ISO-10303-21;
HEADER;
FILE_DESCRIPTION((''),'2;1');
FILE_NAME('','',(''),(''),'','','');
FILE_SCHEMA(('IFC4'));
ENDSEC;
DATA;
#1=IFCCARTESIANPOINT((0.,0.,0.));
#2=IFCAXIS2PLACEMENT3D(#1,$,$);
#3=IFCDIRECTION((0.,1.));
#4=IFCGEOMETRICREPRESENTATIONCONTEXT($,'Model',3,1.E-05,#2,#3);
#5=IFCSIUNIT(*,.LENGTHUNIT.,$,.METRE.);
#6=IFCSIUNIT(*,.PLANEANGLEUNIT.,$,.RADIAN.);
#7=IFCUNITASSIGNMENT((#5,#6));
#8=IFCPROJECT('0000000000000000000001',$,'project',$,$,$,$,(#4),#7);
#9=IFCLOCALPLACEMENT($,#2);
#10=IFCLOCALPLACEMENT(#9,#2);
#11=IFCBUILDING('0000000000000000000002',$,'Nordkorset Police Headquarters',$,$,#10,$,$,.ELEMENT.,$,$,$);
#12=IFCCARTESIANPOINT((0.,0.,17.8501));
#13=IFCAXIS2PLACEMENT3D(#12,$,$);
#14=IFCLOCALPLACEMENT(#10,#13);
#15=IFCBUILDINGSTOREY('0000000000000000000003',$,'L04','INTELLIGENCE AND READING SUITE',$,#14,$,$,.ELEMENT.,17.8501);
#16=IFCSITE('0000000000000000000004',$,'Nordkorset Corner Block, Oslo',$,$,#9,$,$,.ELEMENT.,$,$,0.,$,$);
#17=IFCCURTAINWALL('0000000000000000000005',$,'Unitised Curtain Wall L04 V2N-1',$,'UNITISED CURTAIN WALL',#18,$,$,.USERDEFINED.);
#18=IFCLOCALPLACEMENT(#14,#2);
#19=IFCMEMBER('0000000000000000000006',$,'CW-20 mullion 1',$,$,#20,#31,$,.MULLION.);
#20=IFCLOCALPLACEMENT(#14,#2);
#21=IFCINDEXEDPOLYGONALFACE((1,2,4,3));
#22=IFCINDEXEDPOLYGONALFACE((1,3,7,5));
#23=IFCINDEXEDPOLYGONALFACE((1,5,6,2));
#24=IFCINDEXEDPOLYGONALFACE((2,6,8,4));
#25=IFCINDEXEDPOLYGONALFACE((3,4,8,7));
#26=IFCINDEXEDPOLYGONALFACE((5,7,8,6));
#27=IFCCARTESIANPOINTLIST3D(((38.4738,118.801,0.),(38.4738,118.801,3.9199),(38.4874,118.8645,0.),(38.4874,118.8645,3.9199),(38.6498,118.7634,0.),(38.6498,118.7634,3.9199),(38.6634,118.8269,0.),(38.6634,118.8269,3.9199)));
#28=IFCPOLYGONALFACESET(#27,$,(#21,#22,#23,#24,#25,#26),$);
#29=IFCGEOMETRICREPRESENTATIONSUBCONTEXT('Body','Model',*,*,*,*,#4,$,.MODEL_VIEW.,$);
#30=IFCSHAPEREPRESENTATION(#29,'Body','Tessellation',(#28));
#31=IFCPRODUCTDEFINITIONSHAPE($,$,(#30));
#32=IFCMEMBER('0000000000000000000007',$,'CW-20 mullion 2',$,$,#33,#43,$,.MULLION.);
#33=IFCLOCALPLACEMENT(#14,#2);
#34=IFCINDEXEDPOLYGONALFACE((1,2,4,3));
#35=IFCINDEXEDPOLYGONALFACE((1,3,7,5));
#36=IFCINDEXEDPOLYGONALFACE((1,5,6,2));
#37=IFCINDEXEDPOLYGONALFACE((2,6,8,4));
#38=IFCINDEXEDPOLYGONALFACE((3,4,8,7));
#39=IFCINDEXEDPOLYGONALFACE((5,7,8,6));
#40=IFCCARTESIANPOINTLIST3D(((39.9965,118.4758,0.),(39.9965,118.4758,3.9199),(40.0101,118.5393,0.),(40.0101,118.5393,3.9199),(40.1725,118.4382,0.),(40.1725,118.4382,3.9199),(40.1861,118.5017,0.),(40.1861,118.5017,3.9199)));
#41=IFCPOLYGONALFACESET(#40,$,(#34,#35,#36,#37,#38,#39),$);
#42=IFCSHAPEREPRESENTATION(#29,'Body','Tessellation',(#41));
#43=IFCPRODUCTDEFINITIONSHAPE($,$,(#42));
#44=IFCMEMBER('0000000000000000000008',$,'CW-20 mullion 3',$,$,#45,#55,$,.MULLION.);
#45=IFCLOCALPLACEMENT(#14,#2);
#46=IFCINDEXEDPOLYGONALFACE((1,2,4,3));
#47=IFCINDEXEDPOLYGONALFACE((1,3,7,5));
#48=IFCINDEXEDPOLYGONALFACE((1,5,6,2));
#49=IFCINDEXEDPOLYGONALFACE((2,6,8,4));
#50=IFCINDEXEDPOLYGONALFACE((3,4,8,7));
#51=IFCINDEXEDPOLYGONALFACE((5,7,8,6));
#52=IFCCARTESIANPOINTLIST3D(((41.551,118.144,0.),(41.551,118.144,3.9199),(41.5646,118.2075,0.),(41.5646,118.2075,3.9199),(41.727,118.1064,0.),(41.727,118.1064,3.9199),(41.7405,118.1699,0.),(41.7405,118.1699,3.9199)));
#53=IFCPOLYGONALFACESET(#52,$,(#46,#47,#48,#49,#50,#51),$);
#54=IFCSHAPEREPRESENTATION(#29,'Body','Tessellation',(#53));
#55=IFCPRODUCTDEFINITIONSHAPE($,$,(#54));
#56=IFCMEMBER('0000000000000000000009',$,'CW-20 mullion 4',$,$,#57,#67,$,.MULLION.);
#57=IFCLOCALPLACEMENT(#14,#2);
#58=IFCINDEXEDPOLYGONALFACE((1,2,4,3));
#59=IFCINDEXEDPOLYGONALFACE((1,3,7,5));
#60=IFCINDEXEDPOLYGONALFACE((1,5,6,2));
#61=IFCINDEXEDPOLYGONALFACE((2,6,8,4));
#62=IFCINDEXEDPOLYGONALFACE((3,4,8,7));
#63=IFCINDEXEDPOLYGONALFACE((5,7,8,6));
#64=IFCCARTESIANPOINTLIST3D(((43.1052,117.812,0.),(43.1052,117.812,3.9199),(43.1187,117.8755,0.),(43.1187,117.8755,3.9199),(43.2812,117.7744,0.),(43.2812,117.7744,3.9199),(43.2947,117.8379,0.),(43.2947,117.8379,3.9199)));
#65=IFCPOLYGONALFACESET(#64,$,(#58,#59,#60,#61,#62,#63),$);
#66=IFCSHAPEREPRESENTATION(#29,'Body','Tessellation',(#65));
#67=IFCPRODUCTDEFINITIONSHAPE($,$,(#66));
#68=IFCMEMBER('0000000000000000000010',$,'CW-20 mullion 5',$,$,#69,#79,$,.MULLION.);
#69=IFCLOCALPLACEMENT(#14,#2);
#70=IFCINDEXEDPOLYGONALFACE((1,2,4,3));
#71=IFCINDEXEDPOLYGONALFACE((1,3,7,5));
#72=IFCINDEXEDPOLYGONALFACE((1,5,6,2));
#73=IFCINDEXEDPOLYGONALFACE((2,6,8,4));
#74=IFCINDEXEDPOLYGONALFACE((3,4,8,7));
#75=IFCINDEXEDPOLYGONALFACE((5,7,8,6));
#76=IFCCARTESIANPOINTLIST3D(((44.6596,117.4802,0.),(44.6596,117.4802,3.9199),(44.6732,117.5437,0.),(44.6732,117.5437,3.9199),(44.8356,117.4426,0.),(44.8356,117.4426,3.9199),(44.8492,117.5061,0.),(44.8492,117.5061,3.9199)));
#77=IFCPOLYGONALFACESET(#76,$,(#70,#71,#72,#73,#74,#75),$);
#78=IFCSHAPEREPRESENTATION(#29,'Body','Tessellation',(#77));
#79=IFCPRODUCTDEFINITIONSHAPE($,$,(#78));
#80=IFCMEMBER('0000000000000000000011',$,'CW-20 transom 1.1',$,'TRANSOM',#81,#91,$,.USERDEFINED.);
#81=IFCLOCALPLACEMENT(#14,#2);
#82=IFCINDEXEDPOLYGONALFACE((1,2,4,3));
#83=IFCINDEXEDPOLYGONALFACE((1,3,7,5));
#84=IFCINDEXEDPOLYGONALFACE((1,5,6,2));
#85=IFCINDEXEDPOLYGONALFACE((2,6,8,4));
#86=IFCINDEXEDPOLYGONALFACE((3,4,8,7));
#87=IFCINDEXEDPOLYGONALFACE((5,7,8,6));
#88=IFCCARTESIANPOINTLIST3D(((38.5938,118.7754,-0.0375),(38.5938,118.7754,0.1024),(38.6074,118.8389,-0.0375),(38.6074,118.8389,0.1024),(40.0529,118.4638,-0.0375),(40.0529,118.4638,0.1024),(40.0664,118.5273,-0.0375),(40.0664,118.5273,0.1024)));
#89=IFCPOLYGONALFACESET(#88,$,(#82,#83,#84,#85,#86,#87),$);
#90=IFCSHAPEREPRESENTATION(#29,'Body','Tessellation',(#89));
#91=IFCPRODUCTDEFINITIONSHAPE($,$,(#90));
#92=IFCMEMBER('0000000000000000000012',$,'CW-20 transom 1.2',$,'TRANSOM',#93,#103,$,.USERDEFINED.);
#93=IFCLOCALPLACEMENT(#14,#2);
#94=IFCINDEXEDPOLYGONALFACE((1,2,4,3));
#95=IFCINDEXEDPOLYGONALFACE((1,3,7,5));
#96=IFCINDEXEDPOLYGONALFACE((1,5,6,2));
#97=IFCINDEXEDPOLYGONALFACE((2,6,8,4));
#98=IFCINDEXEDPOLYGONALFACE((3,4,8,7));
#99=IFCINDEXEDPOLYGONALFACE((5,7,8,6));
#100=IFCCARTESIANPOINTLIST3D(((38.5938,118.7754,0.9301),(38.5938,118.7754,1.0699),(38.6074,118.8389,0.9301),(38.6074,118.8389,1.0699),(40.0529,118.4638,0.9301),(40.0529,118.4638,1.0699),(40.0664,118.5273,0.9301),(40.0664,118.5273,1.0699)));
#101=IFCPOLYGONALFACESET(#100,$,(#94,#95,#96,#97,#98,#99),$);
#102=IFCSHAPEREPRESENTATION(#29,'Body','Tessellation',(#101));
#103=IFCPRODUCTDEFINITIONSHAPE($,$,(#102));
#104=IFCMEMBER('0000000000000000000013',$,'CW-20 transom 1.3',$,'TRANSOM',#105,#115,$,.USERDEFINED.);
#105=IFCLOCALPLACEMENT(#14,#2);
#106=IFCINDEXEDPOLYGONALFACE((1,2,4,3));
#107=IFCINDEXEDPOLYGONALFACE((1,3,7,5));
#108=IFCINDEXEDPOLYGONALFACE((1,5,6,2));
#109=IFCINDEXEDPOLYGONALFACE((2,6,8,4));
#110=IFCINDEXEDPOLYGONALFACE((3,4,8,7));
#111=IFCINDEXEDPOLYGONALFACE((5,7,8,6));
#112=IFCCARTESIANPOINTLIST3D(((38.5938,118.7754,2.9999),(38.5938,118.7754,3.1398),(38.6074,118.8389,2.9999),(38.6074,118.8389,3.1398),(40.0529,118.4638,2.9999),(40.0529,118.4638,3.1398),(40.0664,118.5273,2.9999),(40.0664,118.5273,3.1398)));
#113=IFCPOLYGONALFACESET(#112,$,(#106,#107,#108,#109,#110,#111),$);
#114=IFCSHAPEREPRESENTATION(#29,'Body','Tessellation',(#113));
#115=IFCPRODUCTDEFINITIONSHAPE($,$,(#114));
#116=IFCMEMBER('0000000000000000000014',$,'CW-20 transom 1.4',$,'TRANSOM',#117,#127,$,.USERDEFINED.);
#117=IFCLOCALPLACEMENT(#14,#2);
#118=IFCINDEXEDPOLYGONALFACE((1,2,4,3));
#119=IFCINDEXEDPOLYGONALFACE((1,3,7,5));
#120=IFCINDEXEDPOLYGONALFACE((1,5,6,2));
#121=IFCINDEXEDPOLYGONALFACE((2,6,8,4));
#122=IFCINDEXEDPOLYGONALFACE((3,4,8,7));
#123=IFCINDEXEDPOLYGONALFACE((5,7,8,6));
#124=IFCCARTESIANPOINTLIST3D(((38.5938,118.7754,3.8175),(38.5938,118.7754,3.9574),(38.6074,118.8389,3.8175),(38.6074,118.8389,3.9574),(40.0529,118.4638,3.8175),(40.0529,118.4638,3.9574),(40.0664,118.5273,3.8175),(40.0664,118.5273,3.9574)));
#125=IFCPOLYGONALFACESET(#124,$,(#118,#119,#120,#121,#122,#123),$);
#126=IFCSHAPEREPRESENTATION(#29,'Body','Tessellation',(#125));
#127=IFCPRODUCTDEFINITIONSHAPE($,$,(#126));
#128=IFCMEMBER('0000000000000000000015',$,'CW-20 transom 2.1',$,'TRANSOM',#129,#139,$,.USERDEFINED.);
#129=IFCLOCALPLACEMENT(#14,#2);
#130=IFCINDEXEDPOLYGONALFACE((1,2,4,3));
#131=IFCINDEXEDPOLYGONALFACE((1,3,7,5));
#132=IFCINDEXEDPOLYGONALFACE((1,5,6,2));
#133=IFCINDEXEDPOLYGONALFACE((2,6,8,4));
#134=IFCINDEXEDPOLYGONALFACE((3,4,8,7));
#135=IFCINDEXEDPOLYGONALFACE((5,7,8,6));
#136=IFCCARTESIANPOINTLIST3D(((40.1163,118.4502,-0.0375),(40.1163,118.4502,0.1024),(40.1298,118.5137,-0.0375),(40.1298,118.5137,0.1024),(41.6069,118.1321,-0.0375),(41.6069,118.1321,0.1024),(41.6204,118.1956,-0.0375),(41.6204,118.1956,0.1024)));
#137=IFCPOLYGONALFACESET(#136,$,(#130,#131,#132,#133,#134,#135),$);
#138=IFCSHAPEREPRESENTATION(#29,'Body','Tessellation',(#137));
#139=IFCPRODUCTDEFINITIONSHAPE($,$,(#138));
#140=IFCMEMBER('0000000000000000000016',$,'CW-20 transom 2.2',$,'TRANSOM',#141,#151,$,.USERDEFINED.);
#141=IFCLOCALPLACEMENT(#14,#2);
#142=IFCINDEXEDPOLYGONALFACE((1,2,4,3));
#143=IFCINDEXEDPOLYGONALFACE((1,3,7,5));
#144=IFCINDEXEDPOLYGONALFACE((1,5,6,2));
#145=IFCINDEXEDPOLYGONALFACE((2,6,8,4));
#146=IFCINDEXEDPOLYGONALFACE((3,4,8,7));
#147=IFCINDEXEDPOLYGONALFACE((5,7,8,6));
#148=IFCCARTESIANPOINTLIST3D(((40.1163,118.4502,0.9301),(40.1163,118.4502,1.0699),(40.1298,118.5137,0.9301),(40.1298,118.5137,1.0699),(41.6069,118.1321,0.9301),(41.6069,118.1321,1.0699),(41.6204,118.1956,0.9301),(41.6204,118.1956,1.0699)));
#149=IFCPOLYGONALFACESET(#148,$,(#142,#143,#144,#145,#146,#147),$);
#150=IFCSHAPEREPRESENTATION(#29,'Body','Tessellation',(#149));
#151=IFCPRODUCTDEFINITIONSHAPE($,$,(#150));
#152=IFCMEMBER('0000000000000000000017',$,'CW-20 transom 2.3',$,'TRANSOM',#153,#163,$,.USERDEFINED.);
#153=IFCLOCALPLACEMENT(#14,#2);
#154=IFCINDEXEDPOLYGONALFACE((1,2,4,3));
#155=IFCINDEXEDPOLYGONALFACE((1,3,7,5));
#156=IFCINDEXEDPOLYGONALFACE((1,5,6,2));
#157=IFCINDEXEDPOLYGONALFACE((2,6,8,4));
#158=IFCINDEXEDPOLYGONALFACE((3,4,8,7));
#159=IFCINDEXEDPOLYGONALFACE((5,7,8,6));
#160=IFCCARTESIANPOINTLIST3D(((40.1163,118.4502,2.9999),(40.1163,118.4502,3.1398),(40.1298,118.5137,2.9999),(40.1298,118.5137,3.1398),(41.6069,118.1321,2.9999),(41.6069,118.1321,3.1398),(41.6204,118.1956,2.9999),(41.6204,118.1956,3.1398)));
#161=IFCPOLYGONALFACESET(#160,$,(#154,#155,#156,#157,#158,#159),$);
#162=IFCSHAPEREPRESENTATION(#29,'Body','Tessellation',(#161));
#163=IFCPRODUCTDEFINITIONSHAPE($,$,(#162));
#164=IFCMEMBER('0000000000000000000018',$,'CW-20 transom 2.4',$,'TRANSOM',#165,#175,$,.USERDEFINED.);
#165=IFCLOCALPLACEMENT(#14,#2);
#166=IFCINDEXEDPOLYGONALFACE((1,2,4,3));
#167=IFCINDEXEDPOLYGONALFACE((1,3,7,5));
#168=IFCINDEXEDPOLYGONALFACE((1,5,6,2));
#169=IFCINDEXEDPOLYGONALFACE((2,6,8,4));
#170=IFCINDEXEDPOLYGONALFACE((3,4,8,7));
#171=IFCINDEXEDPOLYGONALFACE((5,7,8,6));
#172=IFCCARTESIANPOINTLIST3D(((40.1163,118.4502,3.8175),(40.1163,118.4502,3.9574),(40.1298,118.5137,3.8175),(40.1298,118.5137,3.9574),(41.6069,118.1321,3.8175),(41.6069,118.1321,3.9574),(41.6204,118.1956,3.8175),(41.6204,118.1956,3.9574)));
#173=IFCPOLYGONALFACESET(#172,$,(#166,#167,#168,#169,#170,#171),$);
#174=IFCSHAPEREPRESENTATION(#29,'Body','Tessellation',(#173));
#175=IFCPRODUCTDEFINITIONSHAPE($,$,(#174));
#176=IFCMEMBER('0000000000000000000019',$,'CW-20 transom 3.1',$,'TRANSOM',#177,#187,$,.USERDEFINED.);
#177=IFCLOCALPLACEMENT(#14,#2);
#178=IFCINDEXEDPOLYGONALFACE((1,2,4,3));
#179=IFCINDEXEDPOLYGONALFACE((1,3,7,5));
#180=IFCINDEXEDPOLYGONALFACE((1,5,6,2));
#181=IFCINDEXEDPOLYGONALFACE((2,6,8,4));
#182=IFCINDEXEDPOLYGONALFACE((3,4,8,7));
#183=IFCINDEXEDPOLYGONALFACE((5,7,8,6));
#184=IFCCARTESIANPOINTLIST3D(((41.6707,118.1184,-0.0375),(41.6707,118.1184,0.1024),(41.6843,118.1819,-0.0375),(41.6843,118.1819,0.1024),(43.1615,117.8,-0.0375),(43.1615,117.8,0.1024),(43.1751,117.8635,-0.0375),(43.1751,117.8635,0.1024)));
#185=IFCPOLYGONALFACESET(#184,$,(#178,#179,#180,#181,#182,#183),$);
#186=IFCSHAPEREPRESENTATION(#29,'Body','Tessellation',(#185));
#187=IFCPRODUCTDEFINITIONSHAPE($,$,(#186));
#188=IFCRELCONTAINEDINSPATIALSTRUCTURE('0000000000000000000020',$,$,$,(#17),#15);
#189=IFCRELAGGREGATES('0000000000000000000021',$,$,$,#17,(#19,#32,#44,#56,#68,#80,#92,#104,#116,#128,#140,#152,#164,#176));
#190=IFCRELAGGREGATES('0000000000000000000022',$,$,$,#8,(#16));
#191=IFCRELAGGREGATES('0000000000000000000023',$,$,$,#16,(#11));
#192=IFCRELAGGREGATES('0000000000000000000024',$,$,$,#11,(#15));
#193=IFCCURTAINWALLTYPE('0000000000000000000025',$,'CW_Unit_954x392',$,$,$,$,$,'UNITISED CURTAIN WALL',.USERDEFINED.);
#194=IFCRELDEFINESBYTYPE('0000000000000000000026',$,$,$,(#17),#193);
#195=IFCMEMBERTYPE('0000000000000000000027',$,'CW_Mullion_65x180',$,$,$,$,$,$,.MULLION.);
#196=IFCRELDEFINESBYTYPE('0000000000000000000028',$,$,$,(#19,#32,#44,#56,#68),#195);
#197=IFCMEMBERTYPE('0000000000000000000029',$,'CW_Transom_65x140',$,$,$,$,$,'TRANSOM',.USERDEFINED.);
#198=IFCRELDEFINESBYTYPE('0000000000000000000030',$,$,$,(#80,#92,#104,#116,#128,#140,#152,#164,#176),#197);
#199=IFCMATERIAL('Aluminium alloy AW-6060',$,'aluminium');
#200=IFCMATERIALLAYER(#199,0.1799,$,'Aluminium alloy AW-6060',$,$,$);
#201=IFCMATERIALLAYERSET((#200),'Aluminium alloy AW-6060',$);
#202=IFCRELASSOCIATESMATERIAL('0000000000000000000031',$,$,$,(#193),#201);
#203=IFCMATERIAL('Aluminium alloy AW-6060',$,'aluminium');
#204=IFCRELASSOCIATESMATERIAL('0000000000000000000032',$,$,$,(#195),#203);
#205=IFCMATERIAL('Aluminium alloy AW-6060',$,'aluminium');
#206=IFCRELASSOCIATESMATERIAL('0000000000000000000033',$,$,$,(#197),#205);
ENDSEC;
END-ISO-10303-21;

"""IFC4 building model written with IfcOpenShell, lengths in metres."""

from ifc_helpers import new_model, si_unit, direction, frame, origin, origin_2d, place, context, subcontext, project, spatial, rectangle, extrude, material, layer, layer_set, material_profile, profile_set, type_object, element, aggregate, save


model = new_model("IFC4")

# Units and contexts
model_context = context("Model", 3, precision=1e-05, world=origin(), true_north=direction((0.0, 1.0)))
body_context = subcontext(model_context, "Body", "Model", "MODEL_VIEW")
ifc_project = project(units=[si_unit("LENGTHUNIT", "METRE"), si_unit("PLANEANGLEUNIT", "RADIAN")], contexts=[model_context])

# Site, building, storey
site_placement = place(None, origin())
site = spatial("IfcSite", under=ifc_project, at=site_placement, Name="Nordkorset Corner Block, Oslo", CompositionType="ELEMENT", RefElevation=0.0)
building_placement = place(site_placement, origin())
building = spatial("IfcBuilding", under=site, at=building_placement, Name="Nordkorset Police Headquarters", CompositionType="ELEMENT")
storey_placement = place(building_placement, frame((0.0, 0.0, 17.8501)))
storey = spatial("IfcBuildingStorey", under=building, at=storey_placement, Name="L04", Description="INTELLIGENCE AND READING SUITE", CompositionType="ELEMENT", Elevation=17.8501)

# Curtain wall, members
ifc_material_1 = material(Name="Aluminium alloy AW-6060", Category="aluminium")
ifc_layer_1 = layer(ifc_material_1, 0.1799, Name="Aluminium alloy AW-6060")
ifc_layer_set_1 = layer_set([ifc_layer_1], Name="Aluminium alloy AW-6060")
curtain_wall_type = type_object("IfcCurtainWallType", Name="CW_Unit_954x392", ElementType="UNITISED CURTAIN WALL", PredefinedType="USERDEFINED", material=ifc_layer_set_1)
curtain_wall_placement = place(storey_placement, origin())
curtain_wall = element("IfcCurtainWall", 1, at=curtain_wall_placement, inside=storey, type_object=curtain_wall_type, Name="Unitised Curtain Wall L04 V2N-1", ObjectType="UNITISED CURTAIN WALL", PredefinedType="USERDEFINED")
ifc_material_2 = material(Name="Aluminium alloy AW-6060", Category="aluminium")
ifc_material_profile_1 = material_profile(ifc_material_2, rectangle(XDim=0.0649, YDim=0.1799, at=origin_2d()), Name="ALU MULL 65x180")
ifc_profile_set_1 = profile_set([ifc_material_profile_1], Name="Aluminium alloy AW-6060")
member_type_1 = type_object("IfcMemberType", Name="CW_Mullion_65x180", PredefinedType="MULLION", material=ifc_profile_set_1)
member_1_placement = place(storey_placement, frame((38.5686, 118.814, 0.0), z_axis=(0.0, 0.0, 1.0), x_axis=(0.208833, 0.977951, 0.0)))
member_1 = element("IfcMember", 2, at=member_1_placement, type_object=member_type_1, Name="CW-20 mullion 1", PredefinedType="MULLION", context=body_context, shape_type="SweptSolid", body=[
    extrude(rectangle(XDim=0.0649, YDim=0.1799, at=origin_2d()), origin(), (0.0, 0.0, 1.0), 3.9199),
])
member_2_placement = place(storey_placement, frame((40.0913, 118.4888, 0.0), z_axis=(0.0, 0.0, 1.0), x_axis=(0.208833, 0.977951, 0.0)))
member_2 = element("IfcMember", 3, at=member_2_placement, type_object=member_type_1, Name="CW-20 mullion 2", PredefinedType="MULLION", context=body_context, shape_type="SweptSolid", body=[
    extrude(rectangle(XDim=0.0649, YDim=0.1799, at=origin_2d()), origin(), (0.0, 0.0, 1.0), 3.9199),
])
member_3_placement = place(storey_placement, frame((41.6458, 118.157, 0.0), z_axis=(0.0, 0.0, 1.0), x_axis=(0.208833, 0.977951, 0.0)))
member_3 = element("IfcMember", 4, at=member_3_placement, type_object=member_type_1, Name="CW-20 mullion 3", PredefinedType="MULLION", context=body_context, shape_type="SweptSolid", body=[
    extrude(rectangle(XDim=0.0649, YDim=0.1799, at=origin_2d()), origin(), (0.0, 0.0, 1.0), 3.9199),
])
member_4_placement = place(storey_placement, frame((43.2, 117.825, 0.0), z_axis=(0.0, 0.0, 1.0), x_axis=(0.208833, 0.977951, 0.0)))
member_4 = element("IfcMember", 5, at=member_4_placement, type_object=member_type_1, Name="CW-20 mullion 4", PredefinedType="MULLION", context=body_context, shape_type="SweptSolid", body=[
    extrude(rectangle(XDim=0.0649, YDim=0.1799, at=origin_2d()), origin(), (0.0, 0.0, 1.0), 3.9199),
])
member_5_placement = place(storey_placement, frame((44.7544, 117.4932, 0.0), z_axis=(0.0, 0.0, 1.0), x_axis=(0.208833, 0.977951, 0.0)))
member_5 = element("IfcMember", 6, at=member_5_placement, type_object=member_type_1, Name="CW-20 mullion 5", PredefinedType="MULLION", context=body_context, shape_type="SweptSolid", body=[
    extrude(rectangle(XDim=0.0649, YDim=0.1799, at=origin_2d()), origin(), (0.0, 0.0, 1.0), 3.9199),
])
ifc_material_3 = material(Name="Aluminium alloy AW-6060", Category="aluminium")
ifc_material_profile_2 = material_profile(ifc_material_3, rectangle(XDim=0.0649, YDim=0.1399, at=origin_2d()), Name="ALU TRAN 65x140")
ifc_profile_set_2 = profile_set([ifc_material_profile_2], Name="Aluminium alloy AW-6060")
member_type_2 = type_object("IfcMemberType", Name="CW_Transom_65x140", ElementType="TRANSOM", PredefinedType="USERDEFINED", material=ifc_profile_set_2)
member_6_placement = place(storey_placement, frame((38.6006, 118.8071, 0.0325), z_axis=(0.977955, -0.208814, 0.0), x_axis=(0.208814, 0.977955, 0.0)))
member_6 = element("IfcMember", 7, at=member_6_placement, type_object=member_type_2, Name="CW-20 transom 1.1", ObjectType="TRANSOM", PredefinedType="USERDEFINED", context=body_context, shape_type="SweptSolid", body=[
    extrude(rectangle(XDim=0.0649, YDim=0.1399, at=origin_2d()), origin(), (0.0, 0.0, 1.0), 1.4919),
])
member_7_placement = place(storey_placement, frame((38.6006, 118.8071, 1.0), z_axis=(0.977955, -0.208814, 0.0), x_axis=(0.208814, 0.977955, 0.0)))
member_7 = element("IfcMember", 8, at=member_7_placement, type_object=member_type_2, Name="CW-20 transom 1.2", ObjectType="TRANSOM", PredefinedType="USERDEFINED", context=body_context, shape_type="SweptSolid", body=[
    extrude(rectangle(XDim=0.0649, YDim=0.1399, at=origin_2d()), origin(), (0.0, 0.0, 1.0), 1.4919),
])
member_8_placement = place(storey_placement, frame((38.6006, 118.8071, 3.0698), z_axis=(0.977955, -0.208814, 0.0), x_axis=(0.208814, 0.977955, 0.0)))
member_8 = element("IfcMember", 9, at=member_8_placement, type_object=member_type_2, Name="CW-20 transom 1.3", ObjectType="TRANSOM", PredefinedType="USERDEFINED", context=body_context, shape_type="SweptSolid", body=[
    extrude(rectangle(XDim=0.0649, YDim=0.1399, at=origin_2d()), origin(), (0.0, 0.0, 1.0), 1.4919),
])
member_9_placement = place(storey_placement, frame((38.6006, 118.8071, 3.8875), z_axis=(0.977955, -0.208814, 0.0), x_axis=(0.208814, 0.977955, 0.0)))
member_9 = element("IfcMember", 10, at=member_9_placement, type_object=member_type_2, Name="CW-20 transom 1.4", ObjectType="TRANSOM", PredefinedType="USERDEFINED", context=body_context, shape_type="SweptSolid", body=[
    extrude(rectangle(XDim=0.0649, YDim=0.1399, at=origin_2d()), origin(), (0.0, 0.0, 1.0), 1.4919),
])
member_10_placement = place(storey_placement, frame((40.123, 118.4819, 0.0325), z_axis=(0.97798, -0.208698, 0.0), x_axis=(0.208698, 0.97798, 0.0)))
member_10 = element("IfcMember", 11, at=member_10_placement, type_object=member_type_2, Name="CW-20 transom 2.1", ObjectType="TRANSOM", PredefinedType="USERDEFINED", context=body_context, shape_type="SweptSolid", body=[
    extrude(rectangle(XDim=0.0649, YDim=0.1399, at=origin_2d()), origin(), (0.0, 0.0, 1.0), 1.5242),
])
member_11_placement = place(storey_placement, frame((40.123, 118.4819, 1.0), z_axis=(0.97798, -0.208698, 0.0), x_axis=(0.208698, 0.97798, 0.0)))
member_11 = element("IfcMember", 12, at=member_11_placement, type_object=member_type_2, Name="CW-20 transom 2.2", ObjectType="TRANSOM", PredefinedType="USERDEFINED", context=body_context, shape_type="SweptSolid", body=[
    extrude(rectangle(XDim=0.0649, YDim=0.1399, at=origin_2d()), origin(), (0.0, 0.0, 1.0), 1.5242),
])
member_12_placement = place(storey_placement, frame((40.123, 118.4819, 3.0698), z_axis=(0.97798, -0.208698, 0.0), x_axis=(0.208698, 0.97798, 0.0)))
member_12 = element("IfcMember", 13, at=member_12_placement, type_object=member_type_2, Name="CW-20 transom 2.3", ObjectType="TRANSOM", PredefinedType="USERDEFINED", context=body_context, shape_type="SweptSolid", body=[
    extrude(rectangle(XDim=0.0649, YDim=0.1399, at=origin_2d()), origin(), (0.0, 0.0, 1.0), 1.5242),
])
member_13_placement = place(storey_placement, frame((40.123, 118.4819, 3.8875), z_axis=(0.97798, -0.208698, 0.0), x_axis=(0.208698, 0.97798, 0.0)))
member_13 = element("IfcMember", 14, at=member_13_placement, type_object=member_type_2, Name="CW-20 transom 2.4", ObjectType="TRANSOM", PredefinedType="USERDEFINED", context=body_context, shape_type="SweptSolid", body=[
    extrude(rectangle(XDim=0.0649, YDim=0.1399, at=origin_2d()), origin(), (0.0, 0.0, 1.0), 1.5242),
])
member_14_placement = place(storey_placement, frame((41.6775, 118.1501, 0.0325), z_axis=(0.977947, -0.208851, 0.0), x_axis=(0.208851, 0.977947, 0.0)))
member_14 = element("IfcMember", 15, at=member_14_placement, type_object=member_type_2, Name="CW-20 transom 3.1", ObjectType="TRANSOM", PredefinedType="USERDEFINED", context=body_context, shape_type="SweptSolid", body=[
    extrude(rectangle(XDim=0.0649, YDim=0.1399, at=origin_2d()), origin(), (0.0, 0.0, 1.0), 1.5244),
])
aggregate(curtain_wall, [member_1, member_2, member_3, member_4, member_5, member_6, member_7, member_8, member_9, member_10, member_11, member_12, member_13, member_14])

save(model, "model.ifc")
